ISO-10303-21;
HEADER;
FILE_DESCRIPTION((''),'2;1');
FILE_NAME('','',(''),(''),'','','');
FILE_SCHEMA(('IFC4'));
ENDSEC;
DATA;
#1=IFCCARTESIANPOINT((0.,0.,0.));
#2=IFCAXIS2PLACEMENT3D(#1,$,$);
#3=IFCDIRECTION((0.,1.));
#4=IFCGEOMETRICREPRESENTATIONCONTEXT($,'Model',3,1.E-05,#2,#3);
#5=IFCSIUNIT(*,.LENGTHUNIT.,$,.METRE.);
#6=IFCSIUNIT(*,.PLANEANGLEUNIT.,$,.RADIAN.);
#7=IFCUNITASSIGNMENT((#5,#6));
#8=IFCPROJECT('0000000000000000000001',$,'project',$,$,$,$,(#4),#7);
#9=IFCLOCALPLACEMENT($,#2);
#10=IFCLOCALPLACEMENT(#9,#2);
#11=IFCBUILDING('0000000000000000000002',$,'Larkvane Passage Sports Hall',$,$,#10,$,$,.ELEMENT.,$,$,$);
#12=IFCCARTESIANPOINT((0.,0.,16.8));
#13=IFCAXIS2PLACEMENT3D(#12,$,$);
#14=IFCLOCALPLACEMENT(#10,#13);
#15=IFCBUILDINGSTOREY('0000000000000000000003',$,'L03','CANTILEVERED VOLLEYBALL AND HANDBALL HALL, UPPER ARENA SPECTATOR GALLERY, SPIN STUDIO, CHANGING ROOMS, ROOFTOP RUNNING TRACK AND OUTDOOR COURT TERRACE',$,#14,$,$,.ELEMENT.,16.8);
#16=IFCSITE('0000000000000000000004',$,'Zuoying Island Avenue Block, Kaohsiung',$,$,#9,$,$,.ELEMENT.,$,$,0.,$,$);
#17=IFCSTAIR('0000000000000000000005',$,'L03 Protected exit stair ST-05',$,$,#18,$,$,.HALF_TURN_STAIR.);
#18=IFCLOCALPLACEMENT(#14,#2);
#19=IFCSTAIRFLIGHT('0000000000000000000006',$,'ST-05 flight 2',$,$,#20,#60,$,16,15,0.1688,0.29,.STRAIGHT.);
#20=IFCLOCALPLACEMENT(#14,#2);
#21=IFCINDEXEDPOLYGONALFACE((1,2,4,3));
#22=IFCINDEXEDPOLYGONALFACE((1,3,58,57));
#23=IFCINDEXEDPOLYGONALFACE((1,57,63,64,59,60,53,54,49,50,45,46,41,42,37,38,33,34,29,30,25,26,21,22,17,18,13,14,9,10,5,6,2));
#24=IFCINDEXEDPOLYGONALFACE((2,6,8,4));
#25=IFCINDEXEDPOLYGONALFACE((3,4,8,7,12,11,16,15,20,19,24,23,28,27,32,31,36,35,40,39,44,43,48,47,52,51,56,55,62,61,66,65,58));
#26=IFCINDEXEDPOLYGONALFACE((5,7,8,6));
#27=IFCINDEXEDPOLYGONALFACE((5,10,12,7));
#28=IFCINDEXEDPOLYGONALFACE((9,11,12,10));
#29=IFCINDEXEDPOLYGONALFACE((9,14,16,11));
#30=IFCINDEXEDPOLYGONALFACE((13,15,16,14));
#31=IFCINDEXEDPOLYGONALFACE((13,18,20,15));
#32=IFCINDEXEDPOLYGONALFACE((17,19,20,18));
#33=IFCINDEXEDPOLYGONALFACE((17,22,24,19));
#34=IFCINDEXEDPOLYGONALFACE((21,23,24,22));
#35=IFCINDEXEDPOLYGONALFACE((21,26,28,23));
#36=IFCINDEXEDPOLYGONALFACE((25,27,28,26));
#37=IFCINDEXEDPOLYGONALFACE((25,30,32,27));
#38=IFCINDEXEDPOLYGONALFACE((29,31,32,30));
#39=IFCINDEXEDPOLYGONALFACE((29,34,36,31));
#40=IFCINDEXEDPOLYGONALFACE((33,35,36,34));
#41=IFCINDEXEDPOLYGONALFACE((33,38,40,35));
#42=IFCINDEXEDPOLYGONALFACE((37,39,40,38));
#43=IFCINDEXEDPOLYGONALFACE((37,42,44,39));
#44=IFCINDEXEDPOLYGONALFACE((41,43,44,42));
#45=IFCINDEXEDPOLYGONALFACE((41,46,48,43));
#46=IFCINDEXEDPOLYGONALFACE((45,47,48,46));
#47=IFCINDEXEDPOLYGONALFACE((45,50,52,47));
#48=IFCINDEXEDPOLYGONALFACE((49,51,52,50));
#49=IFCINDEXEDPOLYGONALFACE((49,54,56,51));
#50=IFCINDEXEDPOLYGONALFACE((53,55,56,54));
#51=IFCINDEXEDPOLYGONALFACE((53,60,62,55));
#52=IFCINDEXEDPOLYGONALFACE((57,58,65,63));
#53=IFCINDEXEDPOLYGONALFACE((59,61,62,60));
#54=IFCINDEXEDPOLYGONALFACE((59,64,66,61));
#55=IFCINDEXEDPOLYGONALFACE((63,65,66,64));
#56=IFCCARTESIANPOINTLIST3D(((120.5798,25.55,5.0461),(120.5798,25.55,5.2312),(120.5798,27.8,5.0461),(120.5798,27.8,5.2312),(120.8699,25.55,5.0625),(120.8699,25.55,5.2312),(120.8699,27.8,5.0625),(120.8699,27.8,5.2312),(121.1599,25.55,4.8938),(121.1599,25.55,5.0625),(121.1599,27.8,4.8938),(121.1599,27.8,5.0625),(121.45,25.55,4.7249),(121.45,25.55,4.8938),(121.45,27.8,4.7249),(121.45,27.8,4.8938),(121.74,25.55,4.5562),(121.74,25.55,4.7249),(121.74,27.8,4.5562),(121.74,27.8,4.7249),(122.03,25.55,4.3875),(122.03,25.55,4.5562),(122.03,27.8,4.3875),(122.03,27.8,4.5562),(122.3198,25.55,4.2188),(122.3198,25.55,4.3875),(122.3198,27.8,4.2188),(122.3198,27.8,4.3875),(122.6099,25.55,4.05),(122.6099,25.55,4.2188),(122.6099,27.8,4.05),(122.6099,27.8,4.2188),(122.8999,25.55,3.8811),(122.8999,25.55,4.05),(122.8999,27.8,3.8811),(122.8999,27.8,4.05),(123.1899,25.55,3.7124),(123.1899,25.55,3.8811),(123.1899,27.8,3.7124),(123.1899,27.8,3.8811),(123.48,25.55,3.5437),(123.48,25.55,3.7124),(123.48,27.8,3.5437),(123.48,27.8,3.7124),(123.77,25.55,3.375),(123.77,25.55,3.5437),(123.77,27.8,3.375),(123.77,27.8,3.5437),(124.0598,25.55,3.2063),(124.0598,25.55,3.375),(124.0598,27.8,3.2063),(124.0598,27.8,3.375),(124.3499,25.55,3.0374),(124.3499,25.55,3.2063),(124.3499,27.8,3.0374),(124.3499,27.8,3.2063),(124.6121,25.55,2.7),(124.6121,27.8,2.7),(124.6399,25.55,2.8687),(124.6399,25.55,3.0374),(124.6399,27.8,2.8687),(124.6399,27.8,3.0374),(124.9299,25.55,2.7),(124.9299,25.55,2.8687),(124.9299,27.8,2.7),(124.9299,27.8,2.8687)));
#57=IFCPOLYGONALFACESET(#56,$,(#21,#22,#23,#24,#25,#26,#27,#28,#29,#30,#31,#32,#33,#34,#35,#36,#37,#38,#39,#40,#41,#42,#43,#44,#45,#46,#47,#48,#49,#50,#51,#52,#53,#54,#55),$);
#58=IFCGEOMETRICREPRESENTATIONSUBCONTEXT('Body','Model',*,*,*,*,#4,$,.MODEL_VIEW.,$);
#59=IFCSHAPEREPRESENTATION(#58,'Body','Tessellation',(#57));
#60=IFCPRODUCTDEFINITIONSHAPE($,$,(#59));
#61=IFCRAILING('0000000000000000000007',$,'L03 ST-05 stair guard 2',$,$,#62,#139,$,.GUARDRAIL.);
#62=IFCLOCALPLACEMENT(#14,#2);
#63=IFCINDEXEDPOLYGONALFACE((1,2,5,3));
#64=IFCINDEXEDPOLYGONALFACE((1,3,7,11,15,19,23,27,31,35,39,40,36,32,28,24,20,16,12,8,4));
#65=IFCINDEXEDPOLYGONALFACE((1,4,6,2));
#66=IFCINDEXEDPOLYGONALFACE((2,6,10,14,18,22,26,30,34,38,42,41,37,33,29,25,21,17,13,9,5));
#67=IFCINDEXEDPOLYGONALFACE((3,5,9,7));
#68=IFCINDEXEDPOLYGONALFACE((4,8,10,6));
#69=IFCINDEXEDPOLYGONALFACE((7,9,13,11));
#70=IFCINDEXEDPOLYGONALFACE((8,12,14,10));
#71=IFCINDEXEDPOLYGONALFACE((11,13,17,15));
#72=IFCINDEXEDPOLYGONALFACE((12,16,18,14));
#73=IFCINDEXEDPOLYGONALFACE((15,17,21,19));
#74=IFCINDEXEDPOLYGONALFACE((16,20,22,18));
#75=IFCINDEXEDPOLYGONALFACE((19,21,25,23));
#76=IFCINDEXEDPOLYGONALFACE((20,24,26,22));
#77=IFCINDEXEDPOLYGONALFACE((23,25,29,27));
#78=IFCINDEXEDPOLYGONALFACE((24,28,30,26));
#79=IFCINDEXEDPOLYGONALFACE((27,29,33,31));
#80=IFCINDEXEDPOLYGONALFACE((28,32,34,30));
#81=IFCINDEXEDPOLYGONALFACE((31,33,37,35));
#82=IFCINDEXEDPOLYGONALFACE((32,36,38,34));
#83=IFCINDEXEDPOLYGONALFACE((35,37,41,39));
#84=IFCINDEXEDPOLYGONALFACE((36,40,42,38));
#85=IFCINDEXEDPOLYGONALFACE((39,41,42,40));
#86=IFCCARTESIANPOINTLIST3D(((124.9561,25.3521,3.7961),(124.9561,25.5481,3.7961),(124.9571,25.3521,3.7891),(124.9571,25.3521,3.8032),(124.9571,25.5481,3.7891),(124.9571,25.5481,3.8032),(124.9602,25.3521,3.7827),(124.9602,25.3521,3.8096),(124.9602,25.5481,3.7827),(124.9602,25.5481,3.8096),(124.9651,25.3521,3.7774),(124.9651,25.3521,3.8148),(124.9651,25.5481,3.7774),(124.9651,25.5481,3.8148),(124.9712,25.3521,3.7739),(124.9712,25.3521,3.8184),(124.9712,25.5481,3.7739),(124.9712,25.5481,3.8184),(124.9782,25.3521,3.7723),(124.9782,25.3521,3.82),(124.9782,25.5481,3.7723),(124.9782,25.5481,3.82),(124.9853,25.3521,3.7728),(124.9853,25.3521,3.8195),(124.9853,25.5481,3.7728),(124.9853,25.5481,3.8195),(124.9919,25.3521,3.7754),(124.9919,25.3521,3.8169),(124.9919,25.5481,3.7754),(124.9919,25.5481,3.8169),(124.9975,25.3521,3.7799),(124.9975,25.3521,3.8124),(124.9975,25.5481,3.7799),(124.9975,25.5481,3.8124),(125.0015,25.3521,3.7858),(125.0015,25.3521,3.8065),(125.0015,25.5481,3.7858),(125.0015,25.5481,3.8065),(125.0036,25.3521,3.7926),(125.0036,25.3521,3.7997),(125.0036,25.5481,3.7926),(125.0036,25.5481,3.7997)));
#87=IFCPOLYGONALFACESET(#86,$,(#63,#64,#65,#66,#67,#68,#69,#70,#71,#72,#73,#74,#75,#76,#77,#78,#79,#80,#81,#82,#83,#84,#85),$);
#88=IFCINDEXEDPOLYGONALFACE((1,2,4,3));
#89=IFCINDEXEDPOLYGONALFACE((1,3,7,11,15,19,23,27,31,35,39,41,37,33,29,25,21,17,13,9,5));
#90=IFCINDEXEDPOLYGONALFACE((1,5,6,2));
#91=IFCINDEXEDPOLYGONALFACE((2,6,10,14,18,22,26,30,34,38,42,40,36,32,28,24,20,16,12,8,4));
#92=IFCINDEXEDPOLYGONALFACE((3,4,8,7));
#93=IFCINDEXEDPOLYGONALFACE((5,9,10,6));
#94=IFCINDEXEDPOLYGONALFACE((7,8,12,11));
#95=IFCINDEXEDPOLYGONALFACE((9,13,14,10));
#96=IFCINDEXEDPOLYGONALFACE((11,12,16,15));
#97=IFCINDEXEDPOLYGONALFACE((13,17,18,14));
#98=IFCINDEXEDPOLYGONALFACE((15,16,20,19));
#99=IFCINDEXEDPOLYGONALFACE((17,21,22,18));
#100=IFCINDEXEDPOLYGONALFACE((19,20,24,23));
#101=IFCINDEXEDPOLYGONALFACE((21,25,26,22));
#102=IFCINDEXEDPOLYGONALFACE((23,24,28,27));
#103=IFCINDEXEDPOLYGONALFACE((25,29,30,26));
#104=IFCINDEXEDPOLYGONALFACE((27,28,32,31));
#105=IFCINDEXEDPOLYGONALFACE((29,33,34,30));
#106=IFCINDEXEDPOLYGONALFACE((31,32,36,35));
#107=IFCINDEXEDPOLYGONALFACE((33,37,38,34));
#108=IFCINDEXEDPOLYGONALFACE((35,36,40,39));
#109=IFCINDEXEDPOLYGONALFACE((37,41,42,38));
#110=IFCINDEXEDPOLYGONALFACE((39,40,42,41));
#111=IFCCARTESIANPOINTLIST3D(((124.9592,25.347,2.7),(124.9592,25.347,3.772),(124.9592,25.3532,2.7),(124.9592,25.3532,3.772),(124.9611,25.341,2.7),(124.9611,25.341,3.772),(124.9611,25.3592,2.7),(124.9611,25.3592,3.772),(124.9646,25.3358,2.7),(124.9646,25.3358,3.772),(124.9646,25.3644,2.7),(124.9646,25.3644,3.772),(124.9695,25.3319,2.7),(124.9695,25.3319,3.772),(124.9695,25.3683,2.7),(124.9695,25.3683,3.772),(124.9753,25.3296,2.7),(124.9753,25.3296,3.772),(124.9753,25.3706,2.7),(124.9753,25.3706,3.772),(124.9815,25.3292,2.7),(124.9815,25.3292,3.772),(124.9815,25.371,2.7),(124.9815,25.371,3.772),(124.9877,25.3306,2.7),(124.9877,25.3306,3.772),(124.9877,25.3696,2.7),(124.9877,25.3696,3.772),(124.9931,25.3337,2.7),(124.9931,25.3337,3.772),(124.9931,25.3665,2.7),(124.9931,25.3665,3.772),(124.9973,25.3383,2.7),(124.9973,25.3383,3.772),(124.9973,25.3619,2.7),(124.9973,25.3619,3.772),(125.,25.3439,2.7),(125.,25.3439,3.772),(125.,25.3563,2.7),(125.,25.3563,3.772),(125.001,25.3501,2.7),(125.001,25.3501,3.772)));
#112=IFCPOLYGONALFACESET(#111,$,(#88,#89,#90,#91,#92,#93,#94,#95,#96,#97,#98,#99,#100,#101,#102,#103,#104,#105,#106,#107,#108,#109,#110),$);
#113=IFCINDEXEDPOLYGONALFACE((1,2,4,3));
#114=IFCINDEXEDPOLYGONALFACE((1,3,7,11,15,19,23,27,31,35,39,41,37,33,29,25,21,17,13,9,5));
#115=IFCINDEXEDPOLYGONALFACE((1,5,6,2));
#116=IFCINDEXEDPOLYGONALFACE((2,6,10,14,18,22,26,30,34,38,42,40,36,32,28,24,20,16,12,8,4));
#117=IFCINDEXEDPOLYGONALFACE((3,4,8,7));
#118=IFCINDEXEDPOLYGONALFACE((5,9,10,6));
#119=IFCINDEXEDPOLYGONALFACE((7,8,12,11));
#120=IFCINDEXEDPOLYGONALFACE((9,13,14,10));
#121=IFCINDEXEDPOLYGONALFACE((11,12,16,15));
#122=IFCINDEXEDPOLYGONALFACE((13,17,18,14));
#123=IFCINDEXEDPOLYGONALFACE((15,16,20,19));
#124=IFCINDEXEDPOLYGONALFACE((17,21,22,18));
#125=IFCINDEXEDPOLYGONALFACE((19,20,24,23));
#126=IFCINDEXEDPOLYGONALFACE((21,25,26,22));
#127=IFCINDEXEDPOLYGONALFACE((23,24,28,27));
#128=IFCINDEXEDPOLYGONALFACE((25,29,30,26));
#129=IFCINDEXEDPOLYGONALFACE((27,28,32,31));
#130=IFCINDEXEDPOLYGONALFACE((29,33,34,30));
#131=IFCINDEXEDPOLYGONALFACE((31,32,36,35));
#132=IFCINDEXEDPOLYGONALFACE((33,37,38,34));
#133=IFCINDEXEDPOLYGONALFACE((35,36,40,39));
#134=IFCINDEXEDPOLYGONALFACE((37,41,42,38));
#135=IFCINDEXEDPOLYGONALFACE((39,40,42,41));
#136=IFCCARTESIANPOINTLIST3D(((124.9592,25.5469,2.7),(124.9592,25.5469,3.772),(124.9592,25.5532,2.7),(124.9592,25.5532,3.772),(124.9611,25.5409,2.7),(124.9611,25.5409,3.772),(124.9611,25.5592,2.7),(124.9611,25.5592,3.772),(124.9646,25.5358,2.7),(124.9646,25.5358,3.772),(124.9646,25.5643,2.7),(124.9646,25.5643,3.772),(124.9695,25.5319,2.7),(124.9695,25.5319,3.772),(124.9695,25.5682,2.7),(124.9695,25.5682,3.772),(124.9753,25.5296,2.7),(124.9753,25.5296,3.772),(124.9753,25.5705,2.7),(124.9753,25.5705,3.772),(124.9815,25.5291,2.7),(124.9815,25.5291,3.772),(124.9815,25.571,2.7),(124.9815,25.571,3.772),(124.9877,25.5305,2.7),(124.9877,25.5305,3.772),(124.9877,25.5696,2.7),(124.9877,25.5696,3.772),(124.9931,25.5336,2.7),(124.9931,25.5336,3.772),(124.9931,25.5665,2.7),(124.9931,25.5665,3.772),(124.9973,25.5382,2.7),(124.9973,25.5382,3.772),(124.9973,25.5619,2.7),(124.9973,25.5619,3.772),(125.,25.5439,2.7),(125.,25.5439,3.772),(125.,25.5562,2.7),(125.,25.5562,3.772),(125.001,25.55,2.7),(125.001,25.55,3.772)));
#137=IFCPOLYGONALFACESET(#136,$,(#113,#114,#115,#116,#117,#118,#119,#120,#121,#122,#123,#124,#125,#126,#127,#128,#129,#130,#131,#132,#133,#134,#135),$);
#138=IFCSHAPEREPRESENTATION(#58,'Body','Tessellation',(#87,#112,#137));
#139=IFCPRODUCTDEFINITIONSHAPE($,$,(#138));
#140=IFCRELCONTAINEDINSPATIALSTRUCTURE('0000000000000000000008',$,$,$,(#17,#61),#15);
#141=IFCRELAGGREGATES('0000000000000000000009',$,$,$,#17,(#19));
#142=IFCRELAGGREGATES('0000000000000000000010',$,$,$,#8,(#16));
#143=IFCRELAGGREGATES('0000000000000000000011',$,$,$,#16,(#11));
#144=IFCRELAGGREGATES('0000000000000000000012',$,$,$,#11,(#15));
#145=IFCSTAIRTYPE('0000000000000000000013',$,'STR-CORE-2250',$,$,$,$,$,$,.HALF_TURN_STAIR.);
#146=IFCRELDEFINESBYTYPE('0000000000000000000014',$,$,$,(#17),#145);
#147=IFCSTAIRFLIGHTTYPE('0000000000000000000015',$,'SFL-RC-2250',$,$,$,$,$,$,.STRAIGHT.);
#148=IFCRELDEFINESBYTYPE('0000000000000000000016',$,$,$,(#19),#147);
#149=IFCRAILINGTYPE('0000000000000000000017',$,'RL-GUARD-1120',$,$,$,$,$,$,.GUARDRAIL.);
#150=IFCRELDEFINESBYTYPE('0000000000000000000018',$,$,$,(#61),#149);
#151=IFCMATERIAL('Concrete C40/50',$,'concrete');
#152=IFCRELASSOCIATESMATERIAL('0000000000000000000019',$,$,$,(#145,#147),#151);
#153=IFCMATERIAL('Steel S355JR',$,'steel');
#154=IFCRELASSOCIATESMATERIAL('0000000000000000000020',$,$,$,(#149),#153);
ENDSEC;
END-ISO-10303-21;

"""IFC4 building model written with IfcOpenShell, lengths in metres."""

from ifc_helpers import new_model, si_unit, direction, frame, origin, origin_2d, place, context, subcontext, project, spatial, polyline, circle, outline, extrude, material, type_object, element, aggregate, save


model = new_model("IFC4")

# Units and contexts
model_context = context("Model", 3, precision=1e-05, world=origin(), true_north=direction((0.0, 1.0)))
body_context = subcontext(model_context, "Body", "Model", "MODEL_VIEW")
ifc_project = project(units=[si_unit("LENGTHUNIT", "METRE"), si_unit("PLANEANGLEUNIT", "RADIAN")], contexts=[model_context])

# Site, building, storey
site_placement = place(None, origin())
site = spatial("IfcSite", under=ifc_project, at=site_placement, Name="Zuoying Island Avenue Block, Kaohsiung", CompositionType="ELEMENT", RefElevation=0.0)
building_placement = place(site_placement, origin())
building = spatial("IfcBuilding", under=site, at=building_placement, Name="Larkvane Passage Sports Hall", CompositionType="ELEMENT")
storey_placement = place(building_placement, frame((0.0, 0.0, 16.8)))
storey = spatial("IfcBuildingStorey", under=building, at=storey_placement, Name="L03", Description="CANTILEVERED VOLLEYBALL AND HANDBALL HALL, UPPER ARENA SPECTATOR GALLERY, SPIN STUDIO, CHANGING ROOMS, ROOFTOP RUNNING TRACK AND OUTDOOR COURT TERRACE", CompositionType="ELEMENT", Elevation=16.8)

# Shared definitions
ifc_material_1 = material(Name="Steel S355JR", Category="steel")

# Shared definitions
ifc_material_2 = material(Name="Concrete C40/50", Category="concrete")

# Stair, stair flight
stair_type = type_object("IfcStairType", Name="STR-CORE-2250", PredefinedType="HALF_TURN_STAIR", material=ifc_material_2)
stair_placement = place(storey_placement, origin())
stair = element("IfcStair", 1, at=stair_placement, inside=storey, type_object=stair_type, Name="L03 Protected exit stair ST-05", PredefinedType="HALF_TURN_STAIR")
stair_flight_type = type_object("IfcStairFlightType", Name="SFL-RC-2250", PredefinedType="STRAIGHT", material=ifc_material_2)
stair_flight_placement = place(storey_placement, frame((124.9299, 26.675, 2.7), z_axis=(0.0, 0.0, 1.0), x_axis=(-1.0, 0.0, 0.0)))
stair_flight = element("IfcStairFlight", 2, at=stair_flight_placement, type_object=stair_flight_type, Name="ST-05 flight 2", NumberOfRisers=16, NumberOfTreads=15, PredefinedType="STRAIGHT", RiserHeight=0.1688, TreadLength=0.29, context=body_context, shape_type="SweptSolid", body=[
    extrude(outline(polyline([(0.0, 0.0), (0.0, 0.1687), (0.29, 0.1687), (0.29, 0.3374), (0.5801, 0.3374), (0.5801, 0.5063), (0.8701, 0.5063), (0.8701, 0.675), (1.1599, 0.675), (1.1599, 0.8438), (1.45, 0.8438), (1.45, 1.0125), (1.74, 1.0125), (1.74, 1.1812), (2.03, 1.1812), (2.03, 1.3501), (2.3201, 1.3501), (2.3201, 1.5188), (2.6101, 1.5188), (2.6101, 1.6875), (2.8999, 1.6875), (2.8999, 1.8562), (3.1899, 1.8562), (3.1899, 2.0249), (3.48, 2.0249), (3.48, 2.1938), (3.77, 2.1938), (3.77, 2.3625), (4.0601, 2.3625), (4.0601, 2.5312), (4.3501, 2.5312), (4.3501, 2.7), (4.3501, 2.3462), (0.3179, 0.0), (0.0, 0.0)])), frame((0.0, 1.125, 0.0), z_axis=(0.0, -1.0, 0.0), x_axis=(1.0, 0.0, 0.0)), (0.0, 0.0, 1.0), 2.25),
])
aggregate(stair, [stair_flight])

# Railing
railing_type_1 = type_object("IfcRailingType", Name="RL-GUARD-1120", PredefinedType="GUARDRAIL", material=ifc_material_1)
railing_1_placement = place(storey_placement, frame((124.98, 25.3501, 2.7)))
element("IfcRailing", 3, at=railing_1_placement, inside=storey, type_object=railing_type_1, Name="L03 ST-05 stair guard 2", PredefinedType="GUARDRAIL", context=body_context, shape_type="SweptSolid", body=[
    extrude(circle(Radius=0.0239, at=origin_2d()), frame((0.0, 0.002, 1.0962), z_axis=(0.0, 1.0, 0.0), x_axis=(-1.0, 0.0, 0.0)), (0.0, 0.0, 1.0), 0.196),
    extrude(circle(Radius=0.021, at=origin_2d()), origin(), (0.0, 0.0, 1.0), 1.072),
    extrude(circle(Radius=0.021, at=origin_2d()), frame((0.0, 0.2, 0.0)), (0.0, 0.0, 1.0), 1.072),
])

save(model, "model.ifc")
